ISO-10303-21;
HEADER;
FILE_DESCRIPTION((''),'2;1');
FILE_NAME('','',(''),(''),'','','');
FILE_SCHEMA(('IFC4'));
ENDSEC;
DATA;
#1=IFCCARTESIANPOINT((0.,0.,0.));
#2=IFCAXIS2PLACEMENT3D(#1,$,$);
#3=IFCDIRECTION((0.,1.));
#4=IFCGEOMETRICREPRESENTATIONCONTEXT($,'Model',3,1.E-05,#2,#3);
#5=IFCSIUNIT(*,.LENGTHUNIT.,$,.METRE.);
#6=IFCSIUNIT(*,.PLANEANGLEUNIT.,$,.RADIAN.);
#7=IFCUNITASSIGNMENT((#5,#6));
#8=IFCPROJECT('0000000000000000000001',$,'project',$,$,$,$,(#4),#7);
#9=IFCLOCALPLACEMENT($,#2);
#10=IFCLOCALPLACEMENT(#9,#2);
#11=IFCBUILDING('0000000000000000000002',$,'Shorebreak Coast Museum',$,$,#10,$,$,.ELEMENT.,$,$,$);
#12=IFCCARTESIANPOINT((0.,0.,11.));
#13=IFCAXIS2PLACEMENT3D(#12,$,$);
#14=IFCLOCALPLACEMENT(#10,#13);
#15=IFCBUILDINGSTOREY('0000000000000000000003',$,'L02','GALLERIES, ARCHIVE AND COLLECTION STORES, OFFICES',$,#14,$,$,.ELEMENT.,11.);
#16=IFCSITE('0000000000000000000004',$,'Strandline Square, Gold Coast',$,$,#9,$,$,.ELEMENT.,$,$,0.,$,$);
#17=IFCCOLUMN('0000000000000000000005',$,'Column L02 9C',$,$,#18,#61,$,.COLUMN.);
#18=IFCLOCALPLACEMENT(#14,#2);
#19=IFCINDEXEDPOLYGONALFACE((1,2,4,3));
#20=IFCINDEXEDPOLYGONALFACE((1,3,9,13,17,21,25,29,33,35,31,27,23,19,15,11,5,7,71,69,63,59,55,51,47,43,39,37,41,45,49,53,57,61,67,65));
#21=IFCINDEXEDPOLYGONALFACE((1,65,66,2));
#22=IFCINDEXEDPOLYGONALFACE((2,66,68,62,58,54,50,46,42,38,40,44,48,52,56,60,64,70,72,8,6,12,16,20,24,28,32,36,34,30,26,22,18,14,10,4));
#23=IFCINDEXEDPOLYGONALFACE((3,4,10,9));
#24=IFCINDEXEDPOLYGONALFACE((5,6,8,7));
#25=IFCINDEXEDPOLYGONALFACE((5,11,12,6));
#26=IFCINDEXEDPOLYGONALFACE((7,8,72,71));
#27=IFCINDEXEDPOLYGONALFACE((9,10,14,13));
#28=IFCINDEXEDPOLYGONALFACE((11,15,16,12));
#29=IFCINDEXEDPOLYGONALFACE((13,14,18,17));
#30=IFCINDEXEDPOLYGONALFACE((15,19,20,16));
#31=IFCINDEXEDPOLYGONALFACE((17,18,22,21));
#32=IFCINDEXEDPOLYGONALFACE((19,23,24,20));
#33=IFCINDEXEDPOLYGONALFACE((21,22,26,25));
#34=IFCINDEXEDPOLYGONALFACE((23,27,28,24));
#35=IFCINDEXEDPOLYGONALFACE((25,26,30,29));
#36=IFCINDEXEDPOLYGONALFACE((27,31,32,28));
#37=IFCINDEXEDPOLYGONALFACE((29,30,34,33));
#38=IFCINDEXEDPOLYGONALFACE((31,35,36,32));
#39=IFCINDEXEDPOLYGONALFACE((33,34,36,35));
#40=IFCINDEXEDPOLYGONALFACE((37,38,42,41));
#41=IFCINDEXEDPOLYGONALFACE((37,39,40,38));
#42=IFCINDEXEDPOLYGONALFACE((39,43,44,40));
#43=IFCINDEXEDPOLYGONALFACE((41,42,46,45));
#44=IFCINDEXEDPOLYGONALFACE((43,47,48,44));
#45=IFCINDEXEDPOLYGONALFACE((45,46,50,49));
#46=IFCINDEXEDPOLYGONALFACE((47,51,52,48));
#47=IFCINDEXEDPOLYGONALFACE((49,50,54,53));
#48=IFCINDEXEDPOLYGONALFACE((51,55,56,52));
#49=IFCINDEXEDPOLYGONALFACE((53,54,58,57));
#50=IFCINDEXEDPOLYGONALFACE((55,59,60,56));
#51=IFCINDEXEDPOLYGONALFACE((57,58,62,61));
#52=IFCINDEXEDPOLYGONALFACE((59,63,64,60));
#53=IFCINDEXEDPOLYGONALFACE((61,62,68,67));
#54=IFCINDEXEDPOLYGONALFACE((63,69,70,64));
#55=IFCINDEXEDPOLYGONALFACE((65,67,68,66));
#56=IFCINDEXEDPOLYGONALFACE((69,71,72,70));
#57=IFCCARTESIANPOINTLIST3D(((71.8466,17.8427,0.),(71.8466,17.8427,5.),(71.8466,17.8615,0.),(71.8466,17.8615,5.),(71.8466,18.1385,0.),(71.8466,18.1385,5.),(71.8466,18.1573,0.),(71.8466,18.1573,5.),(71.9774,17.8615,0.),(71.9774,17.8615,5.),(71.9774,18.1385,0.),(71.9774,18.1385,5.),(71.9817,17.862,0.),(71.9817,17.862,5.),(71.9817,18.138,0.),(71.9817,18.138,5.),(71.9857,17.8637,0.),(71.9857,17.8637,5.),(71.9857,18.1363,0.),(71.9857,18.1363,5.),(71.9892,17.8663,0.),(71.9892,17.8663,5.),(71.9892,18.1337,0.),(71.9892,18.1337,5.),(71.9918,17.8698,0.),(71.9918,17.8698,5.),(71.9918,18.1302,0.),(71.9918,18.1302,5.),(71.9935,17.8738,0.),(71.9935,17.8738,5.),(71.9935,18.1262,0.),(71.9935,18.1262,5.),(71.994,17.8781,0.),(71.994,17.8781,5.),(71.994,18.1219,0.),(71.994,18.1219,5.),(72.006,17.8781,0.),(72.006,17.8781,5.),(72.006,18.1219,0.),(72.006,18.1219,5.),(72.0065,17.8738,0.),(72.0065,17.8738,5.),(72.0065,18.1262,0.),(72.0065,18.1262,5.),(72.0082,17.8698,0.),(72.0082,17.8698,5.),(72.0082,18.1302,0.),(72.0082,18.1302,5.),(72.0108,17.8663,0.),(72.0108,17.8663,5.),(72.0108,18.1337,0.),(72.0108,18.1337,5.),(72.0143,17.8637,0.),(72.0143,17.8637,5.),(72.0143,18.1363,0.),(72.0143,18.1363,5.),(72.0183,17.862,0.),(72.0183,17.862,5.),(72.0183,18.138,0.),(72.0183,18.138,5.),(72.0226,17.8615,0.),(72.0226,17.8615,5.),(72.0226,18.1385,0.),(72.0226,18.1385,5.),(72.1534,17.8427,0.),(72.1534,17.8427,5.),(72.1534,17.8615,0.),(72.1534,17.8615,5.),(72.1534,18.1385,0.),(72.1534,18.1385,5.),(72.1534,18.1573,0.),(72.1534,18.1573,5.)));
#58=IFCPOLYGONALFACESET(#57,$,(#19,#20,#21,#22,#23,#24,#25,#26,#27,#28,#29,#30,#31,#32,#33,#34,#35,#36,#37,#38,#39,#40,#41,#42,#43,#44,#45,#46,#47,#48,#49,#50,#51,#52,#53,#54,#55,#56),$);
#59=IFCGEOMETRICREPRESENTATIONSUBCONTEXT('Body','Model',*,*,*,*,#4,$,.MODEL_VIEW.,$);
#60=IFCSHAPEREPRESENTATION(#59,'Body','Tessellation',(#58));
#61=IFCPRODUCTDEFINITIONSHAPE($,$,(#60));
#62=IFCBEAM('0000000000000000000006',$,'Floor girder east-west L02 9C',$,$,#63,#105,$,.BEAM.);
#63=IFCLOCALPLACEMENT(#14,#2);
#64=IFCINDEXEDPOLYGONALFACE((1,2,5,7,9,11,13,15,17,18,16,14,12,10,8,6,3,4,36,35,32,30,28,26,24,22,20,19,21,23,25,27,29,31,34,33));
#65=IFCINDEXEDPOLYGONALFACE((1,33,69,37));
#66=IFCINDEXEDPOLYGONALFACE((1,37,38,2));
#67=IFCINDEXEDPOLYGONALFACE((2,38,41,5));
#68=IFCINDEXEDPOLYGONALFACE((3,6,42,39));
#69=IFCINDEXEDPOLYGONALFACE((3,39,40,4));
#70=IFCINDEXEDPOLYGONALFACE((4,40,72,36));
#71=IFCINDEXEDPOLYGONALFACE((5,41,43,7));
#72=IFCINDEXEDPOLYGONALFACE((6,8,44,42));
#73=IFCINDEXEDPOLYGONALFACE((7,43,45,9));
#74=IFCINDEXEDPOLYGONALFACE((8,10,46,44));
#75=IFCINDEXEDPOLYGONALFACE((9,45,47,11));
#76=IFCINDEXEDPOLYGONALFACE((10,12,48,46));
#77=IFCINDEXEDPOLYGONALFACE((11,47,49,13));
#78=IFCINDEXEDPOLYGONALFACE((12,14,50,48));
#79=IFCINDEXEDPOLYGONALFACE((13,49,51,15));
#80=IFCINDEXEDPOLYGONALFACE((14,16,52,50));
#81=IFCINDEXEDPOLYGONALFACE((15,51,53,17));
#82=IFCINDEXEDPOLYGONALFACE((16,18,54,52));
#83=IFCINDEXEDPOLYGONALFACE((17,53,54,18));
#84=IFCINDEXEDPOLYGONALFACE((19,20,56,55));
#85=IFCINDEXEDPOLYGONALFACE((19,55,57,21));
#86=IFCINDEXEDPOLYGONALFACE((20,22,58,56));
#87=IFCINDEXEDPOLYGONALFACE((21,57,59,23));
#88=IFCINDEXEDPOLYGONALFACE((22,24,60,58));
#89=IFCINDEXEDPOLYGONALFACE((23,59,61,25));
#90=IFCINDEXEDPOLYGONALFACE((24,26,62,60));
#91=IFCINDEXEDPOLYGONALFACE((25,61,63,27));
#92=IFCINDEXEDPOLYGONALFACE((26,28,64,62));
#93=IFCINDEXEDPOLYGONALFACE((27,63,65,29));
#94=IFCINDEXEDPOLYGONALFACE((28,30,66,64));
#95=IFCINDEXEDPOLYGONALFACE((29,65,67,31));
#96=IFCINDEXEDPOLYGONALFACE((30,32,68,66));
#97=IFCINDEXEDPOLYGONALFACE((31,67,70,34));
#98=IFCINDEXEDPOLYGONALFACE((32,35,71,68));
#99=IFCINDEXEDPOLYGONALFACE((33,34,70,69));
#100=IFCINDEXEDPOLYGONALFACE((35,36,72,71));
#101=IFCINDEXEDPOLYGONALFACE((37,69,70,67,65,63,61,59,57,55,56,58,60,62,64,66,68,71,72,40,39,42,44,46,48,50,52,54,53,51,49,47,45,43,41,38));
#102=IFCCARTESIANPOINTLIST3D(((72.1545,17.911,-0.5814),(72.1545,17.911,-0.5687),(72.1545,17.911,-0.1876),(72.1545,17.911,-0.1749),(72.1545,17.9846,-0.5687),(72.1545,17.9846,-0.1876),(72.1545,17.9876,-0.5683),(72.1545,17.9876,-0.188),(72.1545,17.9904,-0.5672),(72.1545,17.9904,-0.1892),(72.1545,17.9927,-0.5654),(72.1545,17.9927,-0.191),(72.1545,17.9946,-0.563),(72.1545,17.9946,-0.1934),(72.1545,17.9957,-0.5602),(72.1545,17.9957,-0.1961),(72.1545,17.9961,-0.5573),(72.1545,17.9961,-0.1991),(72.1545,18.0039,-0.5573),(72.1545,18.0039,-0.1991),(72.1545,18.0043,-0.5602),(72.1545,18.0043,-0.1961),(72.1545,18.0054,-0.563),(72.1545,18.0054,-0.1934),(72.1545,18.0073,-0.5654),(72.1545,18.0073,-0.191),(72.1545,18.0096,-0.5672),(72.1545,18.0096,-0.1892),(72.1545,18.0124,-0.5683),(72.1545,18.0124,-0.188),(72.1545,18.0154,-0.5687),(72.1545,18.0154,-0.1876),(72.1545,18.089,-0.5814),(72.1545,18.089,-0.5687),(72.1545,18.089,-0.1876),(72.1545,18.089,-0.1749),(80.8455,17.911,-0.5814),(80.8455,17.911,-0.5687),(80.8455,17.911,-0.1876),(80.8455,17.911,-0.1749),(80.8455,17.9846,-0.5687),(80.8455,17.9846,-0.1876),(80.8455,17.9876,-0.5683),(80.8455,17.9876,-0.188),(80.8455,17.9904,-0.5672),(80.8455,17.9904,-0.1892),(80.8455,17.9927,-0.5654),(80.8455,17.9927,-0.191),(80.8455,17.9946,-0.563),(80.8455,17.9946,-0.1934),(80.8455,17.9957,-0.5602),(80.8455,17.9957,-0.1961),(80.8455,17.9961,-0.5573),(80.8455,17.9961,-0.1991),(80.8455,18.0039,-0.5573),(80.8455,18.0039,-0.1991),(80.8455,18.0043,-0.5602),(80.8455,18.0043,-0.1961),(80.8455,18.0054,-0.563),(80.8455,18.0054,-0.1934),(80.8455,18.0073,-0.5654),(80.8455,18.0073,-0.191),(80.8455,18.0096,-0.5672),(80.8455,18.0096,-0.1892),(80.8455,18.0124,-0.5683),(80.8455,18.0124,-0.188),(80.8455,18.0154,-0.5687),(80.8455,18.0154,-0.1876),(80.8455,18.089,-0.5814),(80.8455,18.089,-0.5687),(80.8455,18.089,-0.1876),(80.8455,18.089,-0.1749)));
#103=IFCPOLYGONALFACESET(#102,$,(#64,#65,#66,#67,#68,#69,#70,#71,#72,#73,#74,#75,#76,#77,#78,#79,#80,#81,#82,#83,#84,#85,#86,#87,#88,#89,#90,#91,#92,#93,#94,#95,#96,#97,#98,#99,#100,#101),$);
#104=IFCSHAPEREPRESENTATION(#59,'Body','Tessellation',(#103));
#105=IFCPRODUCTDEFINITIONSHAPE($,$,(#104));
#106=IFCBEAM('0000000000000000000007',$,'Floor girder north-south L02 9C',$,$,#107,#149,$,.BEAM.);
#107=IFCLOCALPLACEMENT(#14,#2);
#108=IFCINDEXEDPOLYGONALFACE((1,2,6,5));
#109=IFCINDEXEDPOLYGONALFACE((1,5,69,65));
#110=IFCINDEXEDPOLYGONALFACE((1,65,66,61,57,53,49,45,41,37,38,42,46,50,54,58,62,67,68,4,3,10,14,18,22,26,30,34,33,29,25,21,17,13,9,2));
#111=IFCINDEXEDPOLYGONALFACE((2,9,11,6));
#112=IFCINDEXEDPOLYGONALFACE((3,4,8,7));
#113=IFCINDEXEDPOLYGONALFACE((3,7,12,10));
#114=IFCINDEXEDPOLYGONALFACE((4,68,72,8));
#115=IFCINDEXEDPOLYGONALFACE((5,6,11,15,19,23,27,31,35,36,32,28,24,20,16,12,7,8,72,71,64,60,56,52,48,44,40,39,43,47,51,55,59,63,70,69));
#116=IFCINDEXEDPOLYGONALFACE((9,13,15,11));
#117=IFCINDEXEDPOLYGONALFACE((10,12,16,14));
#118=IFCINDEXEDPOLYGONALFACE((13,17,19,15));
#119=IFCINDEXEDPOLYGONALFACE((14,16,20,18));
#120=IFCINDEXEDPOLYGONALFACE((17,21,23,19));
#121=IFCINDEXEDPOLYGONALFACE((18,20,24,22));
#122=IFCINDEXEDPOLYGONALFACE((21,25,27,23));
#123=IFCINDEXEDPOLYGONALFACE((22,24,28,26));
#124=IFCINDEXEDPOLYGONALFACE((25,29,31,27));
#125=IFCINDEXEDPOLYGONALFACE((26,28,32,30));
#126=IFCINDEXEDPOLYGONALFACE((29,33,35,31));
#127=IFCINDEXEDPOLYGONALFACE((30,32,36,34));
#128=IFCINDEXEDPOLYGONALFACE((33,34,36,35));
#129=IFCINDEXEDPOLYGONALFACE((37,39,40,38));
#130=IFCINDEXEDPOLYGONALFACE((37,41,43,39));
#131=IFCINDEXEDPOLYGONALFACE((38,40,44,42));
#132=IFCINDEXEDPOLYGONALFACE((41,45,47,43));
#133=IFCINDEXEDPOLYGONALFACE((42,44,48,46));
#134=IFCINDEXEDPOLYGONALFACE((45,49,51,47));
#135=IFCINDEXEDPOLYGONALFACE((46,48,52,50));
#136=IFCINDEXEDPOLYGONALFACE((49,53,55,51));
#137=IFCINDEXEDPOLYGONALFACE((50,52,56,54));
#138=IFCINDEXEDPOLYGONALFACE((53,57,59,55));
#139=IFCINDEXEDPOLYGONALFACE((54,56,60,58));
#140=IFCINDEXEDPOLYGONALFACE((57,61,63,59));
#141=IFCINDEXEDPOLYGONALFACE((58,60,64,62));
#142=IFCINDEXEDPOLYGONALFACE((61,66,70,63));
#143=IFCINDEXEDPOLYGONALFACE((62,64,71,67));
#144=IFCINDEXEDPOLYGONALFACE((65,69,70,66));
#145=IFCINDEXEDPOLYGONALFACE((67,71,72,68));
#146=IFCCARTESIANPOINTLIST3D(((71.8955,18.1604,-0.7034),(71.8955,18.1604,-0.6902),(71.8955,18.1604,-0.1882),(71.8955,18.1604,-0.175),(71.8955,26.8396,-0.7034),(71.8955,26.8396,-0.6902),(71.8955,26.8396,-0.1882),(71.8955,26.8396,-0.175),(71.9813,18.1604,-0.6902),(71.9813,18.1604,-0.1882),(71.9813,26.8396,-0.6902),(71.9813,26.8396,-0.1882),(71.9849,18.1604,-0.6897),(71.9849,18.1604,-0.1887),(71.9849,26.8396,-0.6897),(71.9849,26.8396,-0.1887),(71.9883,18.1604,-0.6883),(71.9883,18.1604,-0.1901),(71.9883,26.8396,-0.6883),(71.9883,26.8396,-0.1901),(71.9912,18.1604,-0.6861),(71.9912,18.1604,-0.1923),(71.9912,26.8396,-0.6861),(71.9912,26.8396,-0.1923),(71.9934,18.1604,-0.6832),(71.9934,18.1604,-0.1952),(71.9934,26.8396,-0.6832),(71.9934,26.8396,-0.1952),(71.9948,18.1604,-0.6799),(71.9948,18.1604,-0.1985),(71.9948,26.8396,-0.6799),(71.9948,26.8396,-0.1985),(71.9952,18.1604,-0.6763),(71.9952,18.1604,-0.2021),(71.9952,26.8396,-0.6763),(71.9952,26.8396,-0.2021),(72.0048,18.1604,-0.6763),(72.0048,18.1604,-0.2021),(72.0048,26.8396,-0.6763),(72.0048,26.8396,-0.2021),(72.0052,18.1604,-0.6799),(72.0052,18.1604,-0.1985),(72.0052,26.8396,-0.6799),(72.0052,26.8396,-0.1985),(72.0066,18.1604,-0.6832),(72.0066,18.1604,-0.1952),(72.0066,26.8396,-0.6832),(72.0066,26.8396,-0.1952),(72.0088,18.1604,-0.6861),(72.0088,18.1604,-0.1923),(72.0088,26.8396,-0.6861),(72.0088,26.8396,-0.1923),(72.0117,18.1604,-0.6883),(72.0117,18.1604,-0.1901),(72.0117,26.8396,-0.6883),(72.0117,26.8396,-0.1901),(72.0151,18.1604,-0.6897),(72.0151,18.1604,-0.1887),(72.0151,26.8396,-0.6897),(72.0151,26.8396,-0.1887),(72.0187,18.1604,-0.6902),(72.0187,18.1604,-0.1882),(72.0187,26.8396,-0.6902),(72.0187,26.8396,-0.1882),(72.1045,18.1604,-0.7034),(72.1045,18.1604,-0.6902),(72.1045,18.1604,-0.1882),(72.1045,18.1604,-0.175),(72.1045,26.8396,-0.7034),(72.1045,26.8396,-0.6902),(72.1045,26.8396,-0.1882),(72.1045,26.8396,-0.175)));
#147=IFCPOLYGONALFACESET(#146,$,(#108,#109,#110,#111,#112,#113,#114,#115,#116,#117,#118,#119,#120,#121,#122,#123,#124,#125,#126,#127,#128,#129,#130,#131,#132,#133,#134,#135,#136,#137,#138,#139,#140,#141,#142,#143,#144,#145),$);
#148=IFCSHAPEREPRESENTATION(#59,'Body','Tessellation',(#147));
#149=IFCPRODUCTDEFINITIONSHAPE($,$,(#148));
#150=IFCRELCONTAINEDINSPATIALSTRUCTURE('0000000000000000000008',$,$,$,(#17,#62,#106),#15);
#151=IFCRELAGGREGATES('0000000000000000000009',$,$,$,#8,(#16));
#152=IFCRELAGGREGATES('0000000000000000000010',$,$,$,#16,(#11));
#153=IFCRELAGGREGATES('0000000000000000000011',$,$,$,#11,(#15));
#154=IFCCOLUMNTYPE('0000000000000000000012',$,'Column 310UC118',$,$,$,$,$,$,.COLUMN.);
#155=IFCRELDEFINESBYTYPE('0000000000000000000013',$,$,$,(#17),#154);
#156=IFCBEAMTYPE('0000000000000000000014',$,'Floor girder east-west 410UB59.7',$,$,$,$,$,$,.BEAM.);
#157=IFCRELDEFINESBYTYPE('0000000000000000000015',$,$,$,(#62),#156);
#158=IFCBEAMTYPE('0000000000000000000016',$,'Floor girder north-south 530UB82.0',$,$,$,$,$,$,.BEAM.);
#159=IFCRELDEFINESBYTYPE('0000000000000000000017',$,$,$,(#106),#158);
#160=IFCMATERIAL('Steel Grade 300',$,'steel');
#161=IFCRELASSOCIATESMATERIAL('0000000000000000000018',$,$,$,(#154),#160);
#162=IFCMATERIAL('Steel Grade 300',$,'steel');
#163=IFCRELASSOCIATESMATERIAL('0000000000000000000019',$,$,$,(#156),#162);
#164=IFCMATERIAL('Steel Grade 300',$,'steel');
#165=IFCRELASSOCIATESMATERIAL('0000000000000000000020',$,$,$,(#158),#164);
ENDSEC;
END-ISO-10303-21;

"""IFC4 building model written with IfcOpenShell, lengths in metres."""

from ifc_helpers import new_model, si_unit, direction, frame, origin, origin_2d, place, context, subcontext, project, spatial, i_section, extrude, material, material_profile, profile_set, type_object, element, save


model = new_model("IFC4")

# Units and contexts
model_context = context("Model", 3, precision=1e-05, world=origin(), true_north=direction((0.0, 1.0)))
body_context = subcontext(model_context, "Body", "Model", "MODEL_VIEW")
ifc_project = project(units=[si_unit("LENGTHUNIT", "METRE"), si_unit("PLANEANGLEUNIT", "RADIAN")], contexts=[model_context])

# Site, building, storey
site_placement = place(None, origin())
site = spatial("IfcSite", under=ifc_project, at=site_placement, Name="Strandline Square, Gold Coast", CompositionType="ELEMENT", RefElevation=0.0)
building_placement = place(site_placement, origin())
building = spatial("IfcBuilding", under=site, at=building_placement, Name="Shorebreak Coast Museum", CompositionType="ELEMENT")
storey_placement = place(building_placement, frame((0.0, 0.0, 11.0)))
storey = spatial("IfcBuildingStorey", under=building, at=storey_placement, Name="L02", Description="GALLERIES, ARCHIVE AND COLLECTION STORES, OFFICES", CompositionType="ELEMENT", Elevation=11.0)

# Column
ifc_material_1 = material(Name="Steel Grade 300", Category="steel")
ifc_material_profile_1 = material_profile(ifc_material_1, i_section(OverallWidth=0.3069, OverallDepth=0.3147, WebThickness=0.012, FlangeThickness=0.0188, FilletRadius=0.0166, at=origin_2d()), Name="310UC118")
ifc_profile_set_1 = profile_set([ifc_material_profile_1], Name="Steel Grade 300")
column_type = type_object("IfcColumnType", Name="Column 310UC118", PredefinedType="COLUMN", material=ifc_profile_set_1)
column_placement = place(storey_placement, frame((72.0, 18.0, 0.0), z_axis=(0.0, 0.0, 1.0), x_axis=(1.0, 0.0, 0.0)))
element("IfcColumn", 1, at=column_placement, inside=storey, type_object=column_type, Name="Column L02 9C", PredefinedType="COLUMN", context=body_context, shape_type="SweptSolid", body=[
    extrude(i_section(OverallWidth=0.3069, OverallDepth=0.3147, WebThickness=0.012, FlangeThickness=0.0188, FilletRadius=0.0166, at=origin_2d()), origin(), (0.0, 0.0, 1.0), 5.0),
])

# Beams
ifc_material_2 = material(Name="Steel Grade 300", Category="steel")
ifc_material_profile_2 = material_profile(ifc_material_2, i_section(OverallWidth=0.178, OverallDepth=0.4065, WebThickness=0.0078, FlangeThickness=0.0127, FilletRadius=0.0115, at=origin_2d()), Name="410UB59.7")
ifc_profile_set_2 = profile_set([ifc_material_profile_2], Name="Steel Grade 300")
beam_type_1 = type_object("IfcBeamType", Name="Floor girder east-west 410UB59.7", PredefinedType="BEAM", material=ifc_profile_set_2)
beam_1_placement = place(storey_placement, frame((72.1545, 18.0, -0.3782), z_axis=(1.0, 0.0, 0.0), x_axis=(0.0, 1.0, 0.0)))
element("IfcBeam", 2, at=beam_1_placement, inside=storey, type_object=beam_type_1, Name="Floor girder east-west L02 9C", PredefinedType="BEAM", context=body_context, shape_type="SweptSolid", body=[
    extrude(i_section(OverallWidth=0.178, OverallDepth=0.4065, WebThickness=0.0078, FlangeThickness=0.0127, FilletRadius=0.0115, at=origin_2d()), origin(), (0.0, 0.0, 1.0), 8.6909),
])
ifc_material_3 = material(Name="Steel Grade 300", Category="steel")
ifc_material_profile_3 = material_profile(ifc_material_3, i_section(OverallWidth=0.209, OverallDepth=0.5283, WebThickness=0.0095, FlangeThickness=0.0132, FilletRadius=0.0139, at=origin_2d()), Name="530UB82.0")
ifc_profile_set_3 = profile_set([ifc_material_profile_3], Name="Steel Grade 300")
beam_type_2 = type_object("IfcBeamType", Name="Floor girder north-south 530UB82.0", PredefinedType="BEAM", material=ifc_profile_set_3)
beam_2_placement = place(storey_placement, frame((72.0, 18.1604, -0.4392), z_axis=(0.0, 1.0, 0.0), x_axis=(-1.0, 0.0, 0.0)))
element("IfcBeam", 3, at=beam_2_placement, inside=storey, type_object=beam_type_2, Name="Floor girder north-south L02 9C", PredefinedType="BEAM", context=body_context, shape_type="SweptSolid", body=[
    extrude(i_section(OverallWidth=0.209, OverallDepth=0.5283, WebThickness=0.0095, FlangeThickness=0.0132, FilletRadius=0.0139, at=origin_2d()), origin(), (0.0, 0.0, 1.0), 8.6792),
])

save(model, "model.ifc")
